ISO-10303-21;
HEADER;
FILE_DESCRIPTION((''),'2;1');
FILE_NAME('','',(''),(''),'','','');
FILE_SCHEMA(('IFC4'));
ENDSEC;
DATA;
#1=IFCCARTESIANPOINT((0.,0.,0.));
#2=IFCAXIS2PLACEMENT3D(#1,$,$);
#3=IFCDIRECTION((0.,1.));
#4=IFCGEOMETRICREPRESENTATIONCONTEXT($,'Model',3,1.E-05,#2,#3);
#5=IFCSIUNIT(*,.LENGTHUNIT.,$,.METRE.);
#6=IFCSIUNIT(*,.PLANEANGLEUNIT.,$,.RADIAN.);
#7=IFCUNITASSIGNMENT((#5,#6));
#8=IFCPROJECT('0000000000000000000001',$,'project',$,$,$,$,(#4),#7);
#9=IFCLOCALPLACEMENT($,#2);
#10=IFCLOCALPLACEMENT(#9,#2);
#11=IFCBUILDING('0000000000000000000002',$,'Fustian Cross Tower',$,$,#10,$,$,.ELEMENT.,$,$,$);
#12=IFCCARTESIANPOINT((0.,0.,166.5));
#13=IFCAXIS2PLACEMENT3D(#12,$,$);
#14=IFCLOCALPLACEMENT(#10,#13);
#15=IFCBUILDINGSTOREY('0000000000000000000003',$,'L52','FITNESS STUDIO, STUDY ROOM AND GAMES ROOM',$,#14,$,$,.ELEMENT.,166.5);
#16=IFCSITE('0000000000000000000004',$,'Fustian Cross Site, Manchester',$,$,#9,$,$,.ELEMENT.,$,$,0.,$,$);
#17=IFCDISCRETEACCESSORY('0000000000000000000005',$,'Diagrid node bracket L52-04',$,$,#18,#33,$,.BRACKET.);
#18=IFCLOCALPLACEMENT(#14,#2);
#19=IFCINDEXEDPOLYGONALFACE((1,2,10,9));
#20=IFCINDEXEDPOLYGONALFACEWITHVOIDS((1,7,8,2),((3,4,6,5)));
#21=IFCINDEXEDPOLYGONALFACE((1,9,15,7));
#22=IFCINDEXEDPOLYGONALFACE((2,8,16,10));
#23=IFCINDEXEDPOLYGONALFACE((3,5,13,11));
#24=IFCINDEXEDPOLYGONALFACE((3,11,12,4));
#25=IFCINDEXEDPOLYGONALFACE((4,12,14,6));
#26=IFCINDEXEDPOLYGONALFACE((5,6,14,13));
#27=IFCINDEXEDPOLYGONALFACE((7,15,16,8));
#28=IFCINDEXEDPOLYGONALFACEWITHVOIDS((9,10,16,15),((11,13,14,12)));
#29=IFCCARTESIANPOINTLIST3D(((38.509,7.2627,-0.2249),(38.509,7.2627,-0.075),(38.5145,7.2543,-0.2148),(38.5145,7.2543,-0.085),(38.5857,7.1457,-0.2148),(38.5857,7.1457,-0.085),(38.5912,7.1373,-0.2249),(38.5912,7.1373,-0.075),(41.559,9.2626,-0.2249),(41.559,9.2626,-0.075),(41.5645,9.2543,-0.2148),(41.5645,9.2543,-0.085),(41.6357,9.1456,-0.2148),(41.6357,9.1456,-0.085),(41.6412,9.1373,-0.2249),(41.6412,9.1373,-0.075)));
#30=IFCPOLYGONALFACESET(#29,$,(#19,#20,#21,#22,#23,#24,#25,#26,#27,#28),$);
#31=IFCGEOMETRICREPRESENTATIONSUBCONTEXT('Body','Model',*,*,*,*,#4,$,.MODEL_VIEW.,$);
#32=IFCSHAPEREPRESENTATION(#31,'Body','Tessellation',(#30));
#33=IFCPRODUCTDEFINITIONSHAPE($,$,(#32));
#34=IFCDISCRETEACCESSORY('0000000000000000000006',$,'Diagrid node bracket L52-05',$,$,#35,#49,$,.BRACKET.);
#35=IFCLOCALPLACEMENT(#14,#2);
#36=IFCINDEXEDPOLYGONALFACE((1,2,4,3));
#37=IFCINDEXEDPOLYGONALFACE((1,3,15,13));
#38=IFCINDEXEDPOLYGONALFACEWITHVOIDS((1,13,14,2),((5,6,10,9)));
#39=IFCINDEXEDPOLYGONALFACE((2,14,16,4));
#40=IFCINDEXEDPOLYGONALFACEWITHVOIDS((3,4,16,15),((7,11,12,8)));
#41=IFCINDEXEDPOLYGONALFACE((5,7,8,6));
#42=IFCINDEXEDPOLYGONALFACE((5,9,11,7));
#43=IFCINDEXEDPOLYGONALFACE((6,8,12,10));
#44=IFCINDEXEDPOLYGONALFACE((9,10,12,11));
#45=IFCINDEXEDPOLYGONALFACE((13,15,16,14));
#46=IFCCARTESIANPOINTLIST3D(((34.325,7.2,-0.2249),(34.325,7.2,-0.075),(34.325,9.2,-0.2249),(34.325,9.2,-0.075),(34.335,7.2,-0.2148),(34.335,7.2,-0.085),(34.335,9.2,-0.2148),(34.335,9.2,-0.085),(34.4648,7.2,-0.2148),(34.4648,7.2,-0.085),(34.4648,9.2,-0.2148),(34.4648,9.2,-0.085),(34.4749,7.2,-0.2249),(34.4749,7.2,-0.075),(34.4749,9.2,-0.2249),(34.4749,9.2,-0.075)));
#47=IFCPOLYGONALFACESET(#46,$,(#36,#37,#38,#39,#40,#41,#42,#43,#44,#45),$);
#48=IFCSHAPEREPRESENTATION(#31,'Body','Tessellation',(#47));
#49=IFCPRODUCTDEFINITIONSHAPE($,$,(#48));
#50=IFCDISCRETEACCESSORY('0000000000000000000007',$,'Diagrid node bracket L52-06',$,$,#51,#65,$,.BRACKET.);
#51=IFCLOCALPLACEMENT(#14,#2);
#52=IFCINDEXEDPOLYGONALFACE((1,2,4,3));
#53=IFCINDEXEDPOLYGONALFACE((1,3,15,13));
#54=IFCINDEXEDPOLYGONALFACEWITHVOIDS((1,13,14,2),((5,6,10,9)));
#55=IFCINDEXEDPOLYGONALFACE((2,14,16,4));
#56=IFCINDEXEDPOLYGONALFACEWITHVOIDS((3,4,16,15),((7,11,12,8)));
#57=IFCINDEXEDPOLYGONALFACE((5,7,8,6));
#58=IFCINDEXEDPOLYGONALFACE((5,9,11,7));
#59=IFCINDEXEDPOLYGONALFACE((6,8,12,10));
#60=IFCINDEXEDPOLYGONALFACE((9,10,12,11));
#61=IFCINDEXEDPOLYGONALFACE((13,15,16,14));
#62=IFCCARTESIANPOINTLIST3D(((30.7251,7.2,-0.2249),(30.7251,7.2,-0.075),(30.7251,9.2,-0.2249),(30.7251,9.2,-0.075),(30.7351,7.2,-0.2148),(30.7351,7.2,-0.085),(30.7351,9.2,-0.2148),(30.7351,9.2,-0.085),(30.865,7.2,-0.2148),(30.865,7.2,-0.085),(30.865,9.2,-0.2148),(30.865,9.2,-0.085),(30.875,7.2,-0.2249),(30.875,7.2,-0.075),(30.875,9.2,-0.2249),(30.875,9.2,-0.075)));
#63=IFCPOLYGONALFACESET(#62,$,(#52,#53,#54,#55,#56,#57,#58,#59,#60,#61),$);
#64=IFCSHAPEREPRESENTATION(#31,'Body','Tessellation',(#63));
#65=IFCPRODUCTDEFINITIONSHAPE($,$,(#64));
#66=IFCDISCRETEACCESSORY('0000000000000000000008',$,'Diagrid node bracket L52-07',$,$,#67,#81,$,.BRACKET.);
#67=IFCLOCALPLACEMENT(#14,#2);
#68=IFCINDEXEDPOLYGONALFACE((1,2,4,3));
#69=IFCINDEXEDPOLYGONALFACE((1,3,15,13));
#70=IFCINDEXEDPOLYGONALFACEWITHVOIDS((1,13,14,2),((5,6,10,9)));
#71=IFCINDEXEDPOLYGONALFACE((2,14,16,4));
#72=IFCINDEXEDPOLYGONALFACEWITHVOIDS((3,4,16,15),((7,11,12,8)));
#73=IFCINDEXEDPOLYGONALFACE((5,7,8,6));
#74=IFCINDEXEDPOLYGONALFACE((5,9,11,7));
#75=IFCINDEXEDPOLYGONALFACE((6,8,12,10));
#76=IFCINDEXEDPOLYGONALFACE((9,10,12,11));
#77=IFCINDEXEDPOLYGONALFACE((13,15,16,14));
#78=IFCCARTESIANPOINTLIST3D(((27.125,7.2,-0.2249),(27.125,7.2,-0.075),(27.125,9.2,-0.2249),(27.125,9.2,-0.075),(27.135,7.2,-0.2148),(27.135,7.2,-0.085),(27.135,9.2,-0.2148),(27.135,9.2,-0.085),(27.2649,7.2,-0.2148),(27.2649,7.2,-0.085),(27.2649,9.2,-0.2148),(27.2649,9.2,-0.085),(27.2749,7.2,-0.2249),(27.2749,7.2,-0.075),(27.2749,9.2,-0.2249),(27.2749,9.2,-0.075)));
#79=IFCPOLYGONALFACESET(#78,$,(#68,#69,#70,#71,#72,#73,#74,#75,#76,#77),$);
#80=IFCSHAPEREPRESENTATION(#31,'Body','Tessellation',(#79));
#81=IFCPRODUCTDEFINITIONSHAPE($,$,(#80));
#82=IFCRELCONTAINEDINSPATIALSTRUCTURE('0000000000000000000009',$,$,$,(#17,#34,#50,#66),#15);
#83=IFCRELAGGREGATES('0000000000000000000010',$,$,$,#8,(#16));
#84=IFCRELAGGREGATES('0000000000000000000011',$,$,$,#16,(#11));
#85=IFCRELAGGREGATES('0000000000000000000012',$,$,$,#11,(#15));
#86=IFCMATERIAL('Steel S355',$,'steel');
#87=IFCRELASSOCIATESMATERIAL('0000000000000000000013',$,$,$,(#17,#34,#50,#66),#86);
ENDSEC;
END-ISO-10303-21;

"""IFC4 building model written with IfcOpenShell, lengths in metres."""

from ifc_helpers import new_model, si_unit, direction, frame, origin, origin_2d, place, context, subcontext, project, spatial, hollow_rectangle, extrude, material, element, save


model = new_model("IFC4")

# Units and contexts
model_context = context("Model", 3, precision=1e-05, world=origin(), true_north=direction((0.0, 1.0)))
body_context = subcontext(model_context, "Body", "Model", "MODEL_VIEW")
ifc_project = project(units=[si_unit("LENGTHUNIT", "METRE"), si_unit("PLANEANGLEUNIT", "RADIAN")], contexts=[model_context])

# Site, building, storey
site_placement = place(None, origin())
site = spatial("IfcSite", under=ifc_project, at=site_placement, Name="Fustian Cross Site, Manchester", CompositionType="ELEMENT", RefElevation=0.0)
building_placement = place(site_placement, origin())
building = spatial("IfcBuilding", under=site, at=building_placement, Name="Fustian Cross Tower", CompositionType="ELEMENT")
storey_placement = place(building_placement, frame((0.0, 0.0, 166.5)))
storey = spatial("IfcBuildingStorey", under=building, at=storey_placement, Name="L52", Description="FITNESS STUDIO, STUDY ROOM AND GAMES ROOM", CompositionType="ELEMENT", Elevation=166.5)

# Discrete accessories
ifc_material_1 = material(Name="Steel S355", Category="steel")
discrete_accessory_1_placement = place(storey_placement, frame((41.6001, 9.2, -0.1499), z_axis=(-0.836248, -0.548351, 0.0), x_axis=(0.548351, -0.836248, 0.0)))
element("IfcDiscreteAccessory", 1, at=discrete_accessory_1_placement, inside=storey, material=ifc_material_1, Name="Diagrid node bracket L52-04", PredefinedType="BRACKET", context=body_context, shape_type="SweptSolid", body=[
    extrude(hollow_rectangle(XDim=0.1499, YDim=0.1499, WallThickness=0.01, at=origin_2d()), origin(), (0.0, 0.0, 1.0), 3.6472),
])
for number, where, z_axis, x_axis, name in (
    (2, (34.3999, 9.2, -0.1499), (0.0, -1.0, 0.0), (1.0, 0.0, 0.0), "Diagrid node bracket L52-05"),
    (3, (30.8, 9.2, -0.1499), (0.0, -1.0, 0.0), (1.0, 0.0, 0.0), "Diagrid node bracket L52-06"),
    (4, (27.2, 9.2, -0.1499), (0.0, -1.0, 0.0), (1.0, 0.0, 0.0), "Diagrid node bracket L52-07"),
):
    element("IfcDiscreteAccessory", number, at=place(storey_placement, frame(where, z_axis=z_axis, x_axis=x_axis)), inside=storey, material=ifc_material_1, Name=name, PredefinedType="BRACKET", context=body_context, shape_type="SweptSolid", body=[
        extrude(hollow_rectangle(XDim=0.1499, YDim=0.1499, WallThickness=0.01, at=origin_2d()), origin(), (0.0, 0.0, 1.0), 2.0),
    ])

save(model, "model.ifc")
